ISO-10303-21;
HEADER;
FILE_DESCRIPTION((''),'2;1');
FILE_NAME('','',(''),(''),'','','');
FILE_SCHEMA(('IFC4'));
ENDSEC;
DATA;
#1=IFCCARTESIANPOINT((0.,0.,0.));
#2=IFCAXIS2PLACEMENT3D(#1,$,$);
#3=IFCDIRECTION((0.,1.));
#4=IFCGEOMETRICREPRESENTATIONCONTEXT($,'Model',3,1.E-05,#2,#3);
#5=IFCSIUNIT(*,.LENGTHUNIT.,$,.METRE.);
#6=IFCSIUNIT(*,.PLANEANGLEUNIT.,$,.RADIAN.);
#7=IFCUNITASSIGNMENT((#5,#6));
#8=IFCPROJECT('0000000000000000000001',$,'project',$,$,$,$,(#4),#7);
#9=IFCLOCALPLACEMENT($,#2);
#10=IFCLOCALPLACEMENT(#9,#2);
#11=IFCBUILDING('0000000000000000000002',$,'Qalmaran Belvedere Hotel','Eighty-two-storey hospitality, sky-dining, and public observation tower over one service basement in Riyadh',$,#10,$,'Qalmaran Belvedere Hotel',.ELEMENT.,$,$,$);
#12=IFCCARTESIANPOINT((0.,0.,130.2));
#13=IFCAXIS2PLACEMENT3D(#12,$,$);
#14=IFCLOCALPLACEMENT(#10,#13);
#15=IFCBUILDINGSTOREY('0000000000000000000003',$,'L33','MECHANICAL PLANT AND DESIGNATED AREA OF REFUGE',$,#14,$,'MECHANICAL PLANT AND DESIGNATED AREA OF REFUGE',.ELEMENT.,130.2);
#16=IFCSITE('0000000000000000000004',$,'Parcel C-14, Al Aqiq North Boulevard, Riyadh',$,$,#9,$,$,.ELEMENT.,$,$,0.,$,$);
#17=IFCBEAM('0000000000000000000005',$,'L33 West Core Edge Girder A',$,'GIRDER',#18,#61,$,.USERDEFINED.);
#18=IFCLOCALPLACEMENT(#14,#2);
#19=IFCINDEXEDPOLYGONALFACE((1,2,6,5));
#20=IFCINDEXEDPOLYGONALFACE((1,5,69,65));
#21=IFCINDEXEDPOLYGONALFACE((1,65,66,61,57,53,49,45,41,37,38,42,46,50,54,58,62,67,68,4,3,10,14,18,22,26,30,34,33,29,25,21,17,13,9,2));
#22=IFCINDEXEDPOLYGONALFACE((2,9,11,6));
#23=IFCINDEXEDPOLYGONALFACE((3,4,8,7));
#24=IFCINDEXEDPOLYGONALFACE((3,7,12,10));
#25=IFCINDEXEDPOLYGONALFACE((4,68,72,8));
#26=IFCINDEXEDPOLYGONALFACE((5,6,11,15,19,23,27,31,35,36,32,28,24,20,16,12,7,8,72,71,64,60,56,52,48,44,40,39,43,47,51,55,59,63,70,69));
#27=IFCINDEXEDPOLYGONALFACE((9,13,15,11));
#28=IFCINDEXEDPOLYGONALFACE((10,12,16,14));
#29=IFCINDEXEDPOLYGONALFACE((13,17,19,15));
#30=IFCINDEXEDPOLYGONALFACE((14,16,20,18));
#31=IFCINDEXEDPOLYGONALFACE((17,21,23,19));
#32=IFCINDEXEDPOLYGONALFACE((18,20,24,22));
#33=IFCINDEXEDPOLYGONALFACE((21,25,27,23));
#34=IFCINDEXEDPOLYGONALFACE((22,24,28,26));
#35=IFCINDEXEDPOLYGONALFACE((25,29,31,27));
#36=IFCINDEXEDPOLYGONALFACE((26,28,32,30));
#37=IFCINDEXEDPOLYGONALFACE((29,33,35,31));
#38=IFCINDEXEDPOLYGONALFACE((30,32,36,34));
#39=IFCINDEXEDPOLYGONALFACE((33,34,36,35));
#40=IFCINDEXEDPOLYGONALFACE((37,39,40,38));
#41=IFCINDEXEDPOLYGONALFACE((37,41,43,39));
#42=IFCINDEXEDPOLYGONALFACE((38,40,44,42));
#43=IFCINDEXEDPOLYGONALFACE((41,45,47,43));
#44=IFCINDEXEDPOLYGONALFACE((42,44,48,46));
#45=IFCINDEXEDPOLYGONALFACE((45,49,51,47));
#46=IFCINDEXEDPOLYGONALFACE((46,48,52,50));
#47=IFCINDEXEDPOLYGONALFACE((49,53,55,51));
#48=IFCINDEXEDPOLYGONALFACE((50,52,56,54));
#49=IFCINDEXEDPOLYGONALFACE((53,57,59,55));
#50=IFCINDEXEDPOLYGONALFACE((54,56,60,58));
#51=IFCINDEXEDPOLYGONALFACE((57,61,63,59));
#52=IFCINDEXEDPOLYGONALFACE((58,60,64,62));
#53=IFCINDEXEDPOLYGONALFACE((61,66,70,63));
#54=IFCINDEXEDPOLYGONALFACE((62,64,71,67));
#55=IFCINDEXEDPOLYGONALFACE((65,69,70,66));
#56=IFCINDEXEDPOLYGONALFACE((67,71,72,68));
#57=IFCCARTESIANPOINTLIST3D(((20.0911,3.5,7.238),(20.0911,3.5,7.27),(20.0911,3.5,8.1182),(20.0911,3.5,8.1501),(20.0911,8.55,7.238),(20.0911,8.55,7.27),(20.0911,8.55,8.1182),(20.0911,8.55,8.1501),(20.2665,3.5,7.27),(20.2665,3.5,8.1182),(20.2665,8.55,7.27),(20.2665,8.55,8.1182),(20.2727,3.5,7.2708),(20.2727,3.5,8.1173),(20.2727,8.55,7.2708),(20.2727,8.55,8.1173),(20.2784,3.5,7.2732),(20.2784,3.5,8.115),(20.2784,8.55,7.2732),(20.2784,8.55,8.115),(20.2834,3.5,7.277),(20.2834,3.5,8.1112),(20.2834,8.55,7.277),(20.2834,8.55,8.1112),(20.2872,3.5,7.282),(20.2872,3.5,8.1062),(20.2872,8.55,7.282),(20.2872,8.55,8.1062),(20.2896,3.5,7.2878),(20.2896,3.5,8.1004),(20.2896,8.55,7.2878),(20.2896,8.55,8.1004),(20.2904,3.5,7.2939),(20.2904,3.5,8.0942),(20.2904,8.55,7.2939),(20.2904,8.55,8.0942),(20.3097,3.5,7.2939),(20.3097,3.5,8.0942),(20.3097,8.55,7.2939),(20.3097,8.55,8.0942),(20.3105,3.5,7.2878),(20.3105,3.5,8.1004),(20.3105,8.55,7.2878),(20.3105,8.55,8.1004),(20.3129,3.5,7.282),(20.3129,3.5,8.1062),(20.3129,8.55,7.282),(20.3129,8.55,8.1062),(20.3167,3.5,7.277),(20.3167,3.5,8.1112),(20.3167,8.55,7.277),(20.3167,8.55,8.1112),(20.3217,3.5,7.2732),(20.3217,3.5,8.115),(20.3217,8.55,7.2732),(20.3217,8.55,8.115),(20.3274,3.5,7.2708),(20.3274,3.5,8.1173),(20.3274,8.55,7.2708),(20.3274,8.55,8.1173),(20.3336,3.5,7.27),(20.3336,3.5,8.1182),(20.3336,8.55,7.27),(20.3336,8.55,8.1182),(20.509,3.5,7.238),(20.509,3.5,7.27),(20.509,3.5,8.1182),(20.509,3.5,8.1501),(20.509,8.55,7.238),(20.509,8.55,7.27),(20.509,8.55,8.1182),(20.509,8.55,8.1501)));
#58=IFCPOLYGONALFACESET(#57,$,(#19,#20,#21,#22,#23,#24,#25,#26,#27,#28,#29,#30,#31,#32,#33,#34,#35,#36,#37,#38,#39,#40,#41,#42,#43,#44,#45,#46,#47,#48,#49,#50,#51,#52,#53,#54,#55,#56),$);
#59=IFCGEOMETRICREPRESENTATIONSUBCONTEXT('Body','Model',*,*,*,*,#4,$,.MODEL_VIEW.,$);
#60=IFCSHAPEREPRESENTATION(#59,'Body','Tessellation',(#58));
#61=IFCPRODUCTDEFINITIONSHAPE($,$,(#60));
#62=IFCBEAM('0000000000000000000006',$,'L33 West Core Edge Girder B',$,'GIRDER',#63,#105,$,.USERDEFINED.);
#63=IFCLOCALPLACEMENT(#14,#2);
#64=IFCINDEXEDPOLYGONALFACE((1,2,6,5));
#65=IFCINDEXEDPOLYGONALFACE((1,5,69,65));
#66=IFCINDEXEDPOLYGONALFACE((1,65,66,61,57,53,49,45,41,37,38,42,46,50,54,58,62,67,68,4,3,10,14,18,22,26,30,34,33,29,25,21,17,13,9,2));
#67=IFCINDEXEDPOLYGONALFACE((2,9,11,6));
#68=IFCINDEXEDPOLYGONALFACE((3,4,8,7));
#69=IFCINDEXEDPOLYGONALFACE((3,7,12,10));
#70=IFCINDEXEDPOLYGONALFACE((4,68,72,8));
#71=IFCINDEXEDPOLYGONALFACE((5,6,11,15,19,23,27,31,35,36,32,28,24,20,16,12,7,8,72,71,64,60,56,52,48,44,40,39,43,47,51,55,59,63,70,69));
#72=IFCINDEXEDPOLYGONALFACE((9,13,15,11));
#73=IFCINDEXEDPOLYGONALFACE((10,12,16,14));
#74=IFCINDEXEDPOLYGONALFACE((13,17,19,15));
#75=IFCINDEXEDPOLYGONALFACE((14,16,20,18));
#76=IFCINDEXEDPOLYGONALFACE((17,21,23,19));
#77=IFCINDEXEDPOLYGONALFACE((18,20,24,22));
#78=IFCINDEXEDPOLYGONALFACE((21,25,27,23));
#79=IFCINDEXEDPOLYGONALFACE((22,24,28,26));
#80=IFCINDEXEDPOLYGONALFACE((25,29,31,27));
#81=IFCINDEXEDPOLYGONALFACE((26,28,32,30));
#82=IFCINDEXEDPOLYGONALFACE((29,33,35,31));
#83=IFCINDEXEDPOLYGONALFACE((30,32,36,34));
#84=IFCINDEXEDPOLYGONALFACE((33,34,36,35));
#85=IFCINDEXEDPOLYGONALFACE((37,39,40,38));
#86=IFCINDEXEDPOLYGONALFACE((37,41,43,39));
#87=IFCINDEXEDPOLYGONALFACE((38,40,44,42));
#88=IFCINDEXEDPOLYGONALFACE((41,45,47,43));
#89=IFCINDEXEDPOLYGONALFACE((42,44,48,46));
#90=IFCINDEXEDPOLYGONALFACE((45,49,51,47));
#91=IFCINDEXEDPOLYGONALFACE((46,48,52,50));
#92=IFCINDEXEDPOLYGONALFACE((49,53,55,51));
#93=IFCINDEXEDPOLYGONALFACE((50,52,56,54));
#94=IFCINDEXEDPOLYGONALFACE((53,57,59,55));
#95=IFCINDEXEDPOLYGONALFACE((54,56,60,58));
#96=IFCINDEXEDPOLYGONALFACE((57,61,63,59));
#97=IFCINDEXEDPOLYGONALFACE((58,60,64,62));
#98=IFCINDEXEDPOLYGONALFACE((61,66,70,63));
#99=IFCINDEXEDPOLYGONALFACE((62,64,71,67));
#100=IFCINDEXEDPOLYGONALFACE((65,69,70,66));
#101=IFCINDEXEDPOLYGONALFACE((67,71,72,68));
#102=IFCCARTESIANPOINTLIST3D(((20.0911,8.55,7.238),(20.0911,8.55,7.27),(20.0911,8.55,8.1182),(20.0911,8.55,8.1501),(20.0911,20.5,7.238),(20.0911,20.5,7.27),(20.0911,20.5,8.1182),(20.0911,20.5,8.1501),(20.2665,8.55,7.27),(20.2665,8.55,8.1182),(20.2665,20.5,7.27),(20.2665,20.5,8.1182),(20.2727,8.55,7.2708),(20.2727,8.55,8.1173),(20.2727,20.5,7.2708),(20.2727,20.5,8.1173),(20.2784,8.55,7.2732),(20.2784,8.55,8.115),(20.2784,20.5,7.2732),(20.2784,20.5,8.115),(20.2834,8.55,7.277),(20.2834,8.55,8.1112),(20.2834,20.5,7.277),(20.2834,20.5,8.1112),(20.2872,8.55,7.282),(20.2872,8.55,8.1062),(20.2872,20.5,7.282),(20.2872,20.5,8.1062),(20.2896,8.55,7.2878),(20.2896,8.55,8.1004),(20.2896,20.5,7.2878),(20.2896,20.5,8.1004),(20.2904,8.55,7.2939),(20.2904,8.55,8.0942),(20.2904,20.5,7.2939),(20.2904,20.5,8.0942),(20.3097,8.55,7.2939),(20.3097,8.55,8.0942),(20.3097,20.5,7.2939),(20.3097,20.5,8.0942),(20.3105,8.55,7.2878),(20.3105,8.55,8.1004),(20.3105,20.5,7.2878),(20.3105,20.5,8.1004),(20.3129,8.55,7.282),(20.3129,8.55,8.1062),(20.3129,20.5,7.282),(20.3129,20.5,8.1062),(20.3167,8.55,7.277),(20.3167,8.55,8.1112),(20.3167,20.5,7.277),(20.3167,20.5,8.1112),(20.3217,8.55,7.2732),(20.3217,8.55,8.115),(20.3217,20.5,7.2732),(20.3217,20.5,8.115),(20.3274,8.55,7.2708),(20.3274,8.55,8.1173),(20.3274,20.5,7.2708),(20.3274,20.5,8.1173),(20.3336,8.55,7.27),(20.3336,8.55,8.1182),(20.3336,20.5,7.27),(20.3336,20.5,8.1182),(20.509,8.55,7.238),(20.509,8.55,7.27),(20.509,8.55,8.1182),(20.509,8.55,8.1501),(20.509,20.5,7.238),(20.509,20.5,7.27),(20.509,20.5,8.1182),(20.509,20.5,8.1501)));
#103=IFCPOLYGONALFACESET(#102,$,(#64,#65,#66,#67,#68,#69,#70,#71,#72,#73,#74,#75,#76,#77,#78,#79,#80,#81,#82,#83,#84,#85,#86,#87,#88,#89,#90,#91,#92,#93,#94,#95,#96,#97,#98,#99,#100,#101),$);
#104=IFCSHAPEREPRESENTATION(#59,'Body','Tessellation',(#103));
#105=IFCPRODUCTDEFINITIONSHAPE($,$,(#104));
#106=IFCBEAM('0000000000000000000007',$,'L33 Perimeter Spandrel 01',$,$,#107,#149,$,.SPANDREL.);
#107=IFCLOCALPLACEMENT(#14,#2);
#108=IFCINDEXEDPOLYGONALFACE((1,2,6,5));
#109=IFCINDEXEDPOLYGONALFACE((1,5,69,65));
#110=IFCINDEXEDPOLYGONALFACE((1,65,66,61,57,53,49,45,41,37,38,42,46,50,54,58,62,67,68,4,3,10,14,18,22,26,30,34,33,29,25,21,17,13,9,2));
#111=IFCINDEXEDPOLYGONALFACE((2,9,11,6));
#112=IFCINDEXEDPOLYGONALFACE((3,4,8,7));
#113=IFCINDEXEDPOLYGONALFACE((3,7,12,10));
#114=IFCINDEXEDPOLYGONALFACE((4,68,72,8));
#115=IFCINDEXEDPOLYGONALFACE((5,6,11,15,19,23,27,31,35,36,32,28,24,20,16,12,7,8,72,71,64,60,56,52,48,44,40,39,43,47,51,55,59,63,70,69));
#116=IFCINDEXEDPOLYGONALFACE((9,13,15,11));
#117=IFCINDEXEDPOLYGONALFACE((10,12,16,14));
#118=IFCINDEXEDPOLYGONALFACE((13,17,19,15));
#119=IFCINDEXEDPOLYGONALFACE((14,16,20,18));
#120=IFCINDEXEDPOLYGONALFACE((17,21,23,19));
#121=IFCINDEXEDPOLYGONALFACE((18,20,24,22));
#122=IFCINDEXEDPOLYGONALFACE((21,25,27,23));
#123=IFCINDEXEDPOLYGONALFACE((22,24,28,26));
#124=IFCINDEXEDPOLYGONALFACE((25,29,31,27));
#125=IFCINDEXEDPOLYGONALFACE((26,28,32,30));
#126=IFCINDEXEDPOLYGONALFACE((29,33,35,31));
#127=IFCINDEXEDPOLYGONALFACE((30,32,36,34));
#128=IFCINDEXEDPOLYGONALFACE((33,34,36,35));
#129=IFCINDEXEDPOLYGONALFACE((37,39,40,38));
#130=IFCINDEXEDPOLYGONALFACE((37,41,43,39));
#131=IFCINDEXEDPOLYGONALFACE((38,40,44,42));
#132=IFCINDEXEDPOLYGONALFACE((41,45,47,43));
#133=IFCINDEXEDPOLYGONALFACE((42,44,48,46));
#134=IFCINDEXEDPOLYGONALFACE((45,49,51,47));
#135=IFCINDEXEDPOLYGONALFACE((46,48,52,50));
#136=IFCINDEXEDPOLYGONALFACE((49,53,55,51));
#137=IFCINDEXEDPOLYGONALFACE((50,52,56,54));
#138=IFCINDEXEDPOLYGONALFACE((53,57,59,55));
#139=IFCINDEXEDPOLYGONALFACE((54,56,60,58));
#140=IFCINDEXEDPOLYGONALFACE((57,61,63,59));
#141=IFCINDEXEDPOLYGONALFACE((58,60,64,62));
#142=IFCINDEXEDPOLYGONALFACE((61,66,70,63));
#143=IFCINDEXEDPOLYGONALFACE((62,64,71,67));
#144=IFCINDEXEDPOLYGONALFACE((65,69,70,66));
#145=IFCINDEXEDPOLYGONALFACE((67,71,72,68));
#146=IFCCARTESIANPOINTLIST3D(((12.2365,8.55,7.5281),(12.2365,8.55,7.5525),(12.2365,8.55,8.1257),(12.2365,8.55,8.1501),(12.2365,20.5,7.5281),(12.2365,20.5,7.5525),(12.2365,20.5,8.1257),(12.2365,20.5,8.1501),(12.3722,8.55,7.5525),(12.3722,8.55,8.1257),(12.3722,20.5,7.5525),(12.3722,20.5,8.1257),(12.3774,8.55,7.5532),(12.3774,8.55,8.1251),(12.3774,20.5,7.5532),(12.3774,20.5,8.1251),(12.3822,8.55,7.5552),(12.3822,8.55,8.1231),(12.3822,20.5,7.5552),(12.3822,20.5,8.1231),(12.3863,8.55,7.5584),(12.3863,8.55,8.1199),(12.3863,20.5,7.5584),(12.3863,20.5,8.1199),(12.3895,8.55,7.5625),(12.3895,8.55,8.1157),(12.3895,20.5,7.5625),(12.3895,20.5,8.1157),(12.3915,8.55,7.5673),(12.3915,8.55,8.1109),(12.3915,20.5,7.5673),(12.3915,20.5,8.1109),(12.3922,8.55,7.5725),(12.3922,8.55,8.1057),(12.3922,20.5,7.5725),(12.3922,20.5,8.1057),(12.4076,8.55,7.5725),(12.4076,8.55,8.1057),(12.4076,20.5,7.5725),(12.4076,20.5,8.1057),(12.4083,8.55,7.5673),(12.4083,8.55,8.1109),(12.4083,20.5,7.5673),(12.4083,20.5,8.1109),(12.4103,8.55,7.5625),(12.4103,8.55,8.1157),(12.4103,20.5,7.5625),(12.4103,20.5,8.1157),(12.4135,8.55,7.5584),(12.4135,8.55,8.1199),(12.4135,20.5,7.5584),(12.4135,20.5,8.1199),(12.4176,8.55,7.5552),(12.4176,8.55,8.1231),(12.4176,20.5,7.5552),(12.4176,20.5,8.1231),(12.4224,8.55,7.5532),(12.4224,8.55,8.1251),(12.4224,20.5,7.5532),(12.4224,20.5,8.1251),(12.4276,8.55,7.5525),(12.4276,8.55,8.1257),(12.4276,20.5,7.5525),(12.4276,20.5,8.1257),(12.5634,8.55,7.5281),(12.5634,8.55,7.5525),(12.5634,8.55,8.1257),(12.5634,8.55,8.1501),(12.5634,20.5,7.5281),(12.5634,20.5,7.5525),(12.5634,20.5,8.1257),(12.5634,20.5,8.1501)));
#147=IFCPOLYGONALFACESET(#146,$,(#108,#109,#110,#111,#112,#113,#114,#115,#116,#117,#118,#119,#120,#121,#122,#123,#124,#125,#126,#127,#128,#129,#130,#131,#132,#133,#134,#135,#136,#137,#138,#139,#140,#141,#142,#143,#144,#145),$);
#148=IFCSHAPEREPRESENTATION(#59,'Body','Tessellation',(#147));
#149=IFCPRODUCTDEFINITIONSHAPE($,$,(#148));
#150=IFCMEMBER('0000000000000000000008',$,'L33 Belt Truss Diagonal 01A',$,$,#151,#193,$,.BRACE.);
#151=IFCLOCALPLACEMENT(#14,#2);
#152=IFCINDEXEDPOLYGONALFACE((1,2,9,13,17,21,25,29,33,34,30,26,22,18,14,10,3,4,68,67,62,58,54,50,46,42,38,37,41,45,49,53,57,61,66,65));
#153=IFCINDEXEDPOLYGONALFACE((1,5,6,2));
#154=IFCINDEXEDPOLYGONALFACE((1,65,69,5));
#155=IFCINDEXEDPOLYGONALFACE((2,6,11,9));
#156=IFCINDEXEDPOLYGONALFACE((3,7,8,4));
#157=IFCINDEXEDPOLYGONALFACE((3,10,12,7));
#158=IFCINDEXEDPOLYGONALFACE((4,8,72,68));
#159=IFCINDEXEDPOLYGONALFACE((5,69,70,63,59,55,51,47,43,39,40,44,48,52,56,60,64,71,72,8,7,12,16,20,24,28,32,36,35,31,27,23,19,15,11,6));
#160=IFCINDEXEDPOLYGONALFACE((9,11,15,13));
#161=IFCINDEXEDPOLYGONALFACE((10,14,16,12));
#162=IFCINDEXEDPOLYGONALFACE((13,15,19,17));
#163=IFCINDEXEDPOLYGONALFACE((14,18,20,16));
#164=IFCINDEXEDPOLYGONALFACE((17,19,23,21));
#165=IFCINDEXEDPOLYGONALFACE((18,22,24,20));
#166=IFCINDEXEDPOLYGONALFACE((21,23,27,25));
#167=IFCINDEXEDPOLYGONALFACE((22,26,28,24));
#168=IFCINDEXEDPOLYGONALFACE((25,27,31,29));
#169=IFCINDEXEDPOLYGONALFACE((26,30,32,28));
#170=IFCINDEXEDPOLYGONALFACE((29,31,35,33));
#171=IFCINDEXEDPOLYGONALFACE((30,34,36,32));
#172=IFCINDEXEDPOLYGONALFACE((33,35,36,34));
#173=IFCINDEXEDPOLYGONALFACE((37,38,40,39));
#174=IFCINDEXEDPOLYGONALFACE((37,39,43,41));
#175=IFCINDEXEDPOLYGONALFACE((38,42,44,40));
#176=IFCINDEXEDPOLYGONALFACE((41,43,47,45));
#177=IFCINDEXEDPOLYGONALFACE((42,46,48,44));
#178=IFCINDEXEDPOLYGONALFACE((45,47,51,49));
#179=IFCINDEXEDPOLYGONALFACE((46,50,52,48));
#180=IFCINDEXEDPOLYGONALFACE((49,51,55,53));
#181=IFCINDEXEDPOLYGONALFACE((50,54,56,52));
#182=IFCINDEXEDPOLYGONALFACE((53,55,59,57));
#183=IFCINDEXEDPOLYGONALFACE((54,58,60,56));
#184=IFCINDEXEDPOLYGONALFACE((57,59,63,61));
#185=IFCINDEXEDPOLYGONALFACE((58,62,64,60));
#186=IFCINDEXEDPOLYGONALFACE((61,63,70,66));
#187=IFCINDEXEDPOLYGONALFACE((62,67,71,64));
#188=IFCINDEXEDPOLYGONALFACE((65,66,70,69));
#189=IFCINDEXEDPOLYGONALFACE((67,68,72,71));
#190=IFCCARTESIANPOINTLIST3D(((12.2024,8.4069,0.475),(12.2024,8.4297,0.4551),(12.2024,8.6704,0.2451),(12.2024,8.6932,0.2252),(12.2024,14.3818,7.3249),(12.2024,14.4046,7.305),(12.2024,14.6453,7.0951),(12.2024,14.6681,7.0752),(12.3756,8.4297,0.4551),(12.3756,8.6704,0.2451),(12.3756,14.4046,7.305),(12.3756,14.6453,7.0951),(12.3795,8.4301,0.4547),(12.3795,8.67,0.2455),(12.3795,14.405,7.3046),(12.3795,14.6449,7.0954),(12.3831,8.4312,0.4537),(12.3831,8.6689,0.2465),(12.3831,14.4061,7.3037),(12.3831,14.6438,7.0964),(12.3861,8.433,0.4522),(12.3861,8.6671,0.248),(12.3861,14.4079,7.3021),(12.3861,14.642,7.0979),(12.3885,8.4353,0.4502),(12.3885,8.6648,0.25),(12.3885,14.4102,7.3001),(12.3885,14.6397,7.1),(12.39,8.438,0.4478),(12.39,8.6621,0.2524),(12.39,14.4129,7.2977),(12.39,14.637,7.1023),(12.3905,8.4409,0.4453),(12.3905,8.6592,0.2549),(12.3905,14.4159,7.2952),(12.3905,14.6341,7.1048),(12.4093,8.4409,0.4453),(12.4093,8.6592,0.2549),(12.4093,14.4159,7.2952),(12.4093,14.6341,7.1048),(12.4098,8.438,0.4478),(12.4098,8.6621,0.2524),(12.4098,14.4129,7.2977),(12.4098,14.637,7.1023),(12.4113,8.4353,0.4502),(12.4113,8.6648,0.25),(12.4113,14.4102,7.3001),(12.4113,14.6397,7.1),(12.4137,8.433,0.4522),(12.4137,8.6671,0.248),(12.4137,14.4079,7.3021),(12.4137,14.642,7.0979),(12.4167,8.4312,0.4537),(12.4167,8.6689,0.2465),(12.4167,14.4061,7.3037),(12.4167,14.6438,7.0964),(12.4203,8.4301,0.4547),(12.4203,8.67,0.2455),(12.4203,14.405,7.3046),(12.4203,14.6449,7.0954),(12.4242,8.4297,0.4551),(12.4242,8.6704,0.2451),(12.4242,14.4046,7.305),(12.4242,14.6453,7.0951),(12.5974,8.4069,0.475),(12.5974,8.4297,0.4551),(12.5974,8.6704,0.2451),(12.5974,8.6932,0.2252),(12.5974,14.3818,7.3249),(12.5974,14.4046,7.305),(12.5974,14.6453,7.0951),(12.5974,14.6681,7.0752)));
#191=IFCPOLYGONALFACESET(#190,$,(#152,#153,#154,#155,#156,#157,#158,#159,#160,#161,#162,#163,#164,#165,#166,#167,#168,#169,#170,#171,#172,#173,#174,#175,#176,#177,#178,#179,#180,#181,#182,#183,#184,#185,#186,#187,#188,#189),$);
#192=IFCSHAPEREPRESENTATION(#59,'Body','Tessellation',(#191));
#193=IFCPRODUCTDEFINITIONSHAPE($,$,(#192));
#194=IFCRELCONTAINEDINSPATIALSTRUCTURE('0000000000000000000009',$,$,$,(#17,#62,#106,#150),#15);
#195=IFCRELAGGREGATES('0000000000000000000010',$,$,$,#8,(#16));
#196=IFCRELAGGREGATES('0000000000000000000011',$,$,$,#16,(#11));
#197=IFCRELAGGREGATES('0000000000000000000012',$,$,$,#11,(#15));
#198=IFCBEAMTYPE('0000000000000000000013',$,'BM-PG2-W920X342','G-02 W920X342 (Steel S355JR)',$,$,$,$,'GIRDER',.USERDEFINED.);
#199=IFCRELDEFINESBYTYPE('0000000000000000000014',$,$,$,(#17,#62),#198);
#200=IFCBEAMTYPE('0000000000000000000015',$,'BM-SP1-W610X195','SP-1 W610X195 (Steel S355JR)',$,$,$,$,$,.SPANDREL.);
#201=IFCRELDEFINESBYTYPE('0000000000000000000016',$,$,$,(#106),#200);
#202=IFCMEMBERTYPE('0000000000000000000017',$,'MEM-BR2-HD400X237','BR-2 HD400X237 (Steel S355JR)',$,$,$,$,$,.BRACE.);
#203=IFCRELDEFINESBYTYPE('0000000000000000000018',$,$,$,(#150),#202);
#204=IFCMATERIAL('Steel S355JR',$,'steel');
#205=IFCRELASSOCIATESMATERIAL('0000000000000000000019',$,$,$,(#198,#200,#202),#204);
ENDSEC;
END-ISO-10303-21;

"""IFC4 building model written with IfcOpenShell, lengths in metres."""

from ifc_helpers import new_model, si_unit, direction, frame, origin, origin_2d, place, context, subcontext, project, spatial, i_section, extrude, material, material_profile, profile_set, type_object, element, save


model = new_model("IFC4")

# Units and contexts
model_context = context("Model", 3, precision=1e-05, world=origin(), true_north=direction((0.0, 1.0)))
body_context = subcontext(model_context, "Body", "Model", "MODEL_VIEW")
ifc_project = project(units=[si_unit("LENGTHUNIT", "METRE"), si_unit("PLANEANGLEUNIT", "RADIAN")], contexts=[model_context])

# Site, building, storey
site_placement = place(None, origin())
site = spatial("IfcSite", under=ifc_project, at=site_placement, Name="Parcel C-14, Al Aqiq North Boulevard, Riyadh", CompositionType="ELEMENT", RefElevation=0.0)
building_placement = place(site_placement, origin())
building = spatial("IfcBuilding", under=site, at=building_placement, Name="Qalmaran Belvedere Hotel", Description="Eighty-two-storey hospitality, sky-dining, and public observation tower over one service basement in Riyadh", LongName="Qalmaran Belvedere Hotel", CompositionType="ELEMENT")
storey_placement = place(building_placement, frame((0.0, 0.0, 130.2)))
storey = spatial("IfcBuildingStorey", under=building, at=storey_placement, Name="L33", Description="MECHANICAL PLANT AND DESIGNATED AREA OF REFUGE", LongName="MECHANICAL PLANT AND DESIGNATED AREA OF REFUGE", CompositionType="ELEMENT", Elevation=130.2)

# Beams
ifc_material_1 = material(Name="Steel S355JR", Category="steel")
ifc_material_profile_1 = material_profile(ifc_material_1, i_section(OverallWidth=0.418, OverallDepth=0.9121, WebThickness=0.0193, FlangeThickness=0.032, FilletRadius=0.0239, at=origin_2d()), Name="W920X342")
ifc_profile_set_1 = profile_set([ifc_material_profile_1], Name="Steel S355JR")
beam_type_1 = type_object("IfcBeamType", Name="BM-PG2-W920X342", Description="G-02 W920X342 (Steel S355JR)", ElementType="GIRDER", PredefinedType="USERDEFINED", material=ifc_profile_set_1)
beam_1_placement = place(storey_placement, frame((20.3, 3.5, 7.6941), z_axis=(0.0, 1.0, 0.0), x_axis=(-1.0, 0.0, 0.0)))
element("IfcBeam", 1, at=beam_1_placement, inside=storey, type_object=beam_type_1, Name="L33 West Core Edge Girder A", ObjectType="GIRDER", PredefinedType="USERDEFINED", context=body_context, shape_type="SweptSolid", body=[
    extrude(i_section(OverallWidth=0.418, OverallDepth=0.9121, WebThickness=0.0193, FlangeThickness=0.032, FilletRadius=0.0239, at=origin_2d()), origin(), (0.0, 0.0, 1.0), 5.05),
])
beam_2_placement = place(storey_placement, frame((20.3, 8.55, 7.6941), z_axis=(0.0, 1.0, 0.0), x_axis=(-1.0, 0.0, 0.0)))
element("IfcBeam", 2, at=beam_2_placement, inside=storey, type_object=beam_type_1, Name="L33 West Core Edge Girder B", ObjectType="GIRDER", PredefinedType="USERDEFINED", context=body_context, shape_type="SweptSolid", body=[
    extrude(i_section(OverallWidth=0.418, OverallDepth=0.9121, WebThickness=0.0193, FlangeThickness=0.032, FilletRadius=0.0239, at=origin_2d()), origin(), (0.0, 0.0, 1.0), 11.95),
])
ifc_material_profile_2 = material_profile(ifc_material_1, i_section(OverallWidth=0.3269, OverallDepth=0.6221, WebThickness=0.0154, FlangeThickness=0.0244, FilletRadius=0.02, at=origin_2d()), Name="W610X195")
ifc_profile_set_2 = profile_set([ifc_material_profile_2], Name="Steel S355JR")
beam_type_2 = type_object("IfcBeamType", Name="BM-SP1-W610X195", Description="SP-1 W610X195 (Steel S355JR)", PredefinedType="SPANDREL", material=ifc_profile_set_2)
beam_3_placement = place(storey_placement, frame((12.3999, 8.55, 7.8391), z_axis=(0.0, 1.0, 0.0), x_axis=(-1.0, 0.0, 0.0)))
element("IfcBeam", 3, at=beam_3_placement, inside=storey, type_object=beam_type_2, Name="L33 Perimeter Spandrel 01", PredefinedType="SPANDREL", context=body_context, shape_type="SweptSolid", body=[
    extrude(i_section(OverallWidth=0.3269, OverallDepth=0.6221, WebThickness=0.0154, FlangeThickness=0.0244, FilletRadius=0.02, at=origin_2d()), origin(), (0.0, 0.0, 1.0), 11.95),
])

# Member
ifc_material_profile_3 = material_profile(ifc_material_1, i_section(OverallWidth=0.395, OverallDepth=0.3799, WebThickness=0.0188, FlangeThickness=0.0303, FilletRadius=0.0149, at=origin_2d()), Name="HD400X237")
ifc_profile_set_3 = profile_set([ifc_material_profile_3], Name="Steel S355JR")
member_type_1 = type_object("IfcMemberType", Name="MEM-BR2-HD400X237", Description="BR-2 HD400X237 (Steel S355JR)", PredefinedType="BRACE", material=ifc_profile_set_3)
member_1_placement = place(storey_placement, frame((12.3999, 8.55, 0.3501), z_axis=(0.0, 0.657334, 0.753599), x_axis=(-1.0, 0.0, 0.0)))
element("IfcMember", 4, at=member_1_placement, inside=storey, type_object=member_type_1, Name="L33 Belt Truss Diagonal 01A", PredefinedType="BRACE", context=body_context, shape_type="SweptSolid", body=[
    extrude(i_section(OverallWidth=0.395, OverallDepth=0.3799, WebThickness=0.0188, FlangeThickness=0.0303, FilletRadius=0.0149, at=origin_2d()), origin(), (0.0, 0.0, 1.0), 9.0896),
])

save(model, "model.ifc")
